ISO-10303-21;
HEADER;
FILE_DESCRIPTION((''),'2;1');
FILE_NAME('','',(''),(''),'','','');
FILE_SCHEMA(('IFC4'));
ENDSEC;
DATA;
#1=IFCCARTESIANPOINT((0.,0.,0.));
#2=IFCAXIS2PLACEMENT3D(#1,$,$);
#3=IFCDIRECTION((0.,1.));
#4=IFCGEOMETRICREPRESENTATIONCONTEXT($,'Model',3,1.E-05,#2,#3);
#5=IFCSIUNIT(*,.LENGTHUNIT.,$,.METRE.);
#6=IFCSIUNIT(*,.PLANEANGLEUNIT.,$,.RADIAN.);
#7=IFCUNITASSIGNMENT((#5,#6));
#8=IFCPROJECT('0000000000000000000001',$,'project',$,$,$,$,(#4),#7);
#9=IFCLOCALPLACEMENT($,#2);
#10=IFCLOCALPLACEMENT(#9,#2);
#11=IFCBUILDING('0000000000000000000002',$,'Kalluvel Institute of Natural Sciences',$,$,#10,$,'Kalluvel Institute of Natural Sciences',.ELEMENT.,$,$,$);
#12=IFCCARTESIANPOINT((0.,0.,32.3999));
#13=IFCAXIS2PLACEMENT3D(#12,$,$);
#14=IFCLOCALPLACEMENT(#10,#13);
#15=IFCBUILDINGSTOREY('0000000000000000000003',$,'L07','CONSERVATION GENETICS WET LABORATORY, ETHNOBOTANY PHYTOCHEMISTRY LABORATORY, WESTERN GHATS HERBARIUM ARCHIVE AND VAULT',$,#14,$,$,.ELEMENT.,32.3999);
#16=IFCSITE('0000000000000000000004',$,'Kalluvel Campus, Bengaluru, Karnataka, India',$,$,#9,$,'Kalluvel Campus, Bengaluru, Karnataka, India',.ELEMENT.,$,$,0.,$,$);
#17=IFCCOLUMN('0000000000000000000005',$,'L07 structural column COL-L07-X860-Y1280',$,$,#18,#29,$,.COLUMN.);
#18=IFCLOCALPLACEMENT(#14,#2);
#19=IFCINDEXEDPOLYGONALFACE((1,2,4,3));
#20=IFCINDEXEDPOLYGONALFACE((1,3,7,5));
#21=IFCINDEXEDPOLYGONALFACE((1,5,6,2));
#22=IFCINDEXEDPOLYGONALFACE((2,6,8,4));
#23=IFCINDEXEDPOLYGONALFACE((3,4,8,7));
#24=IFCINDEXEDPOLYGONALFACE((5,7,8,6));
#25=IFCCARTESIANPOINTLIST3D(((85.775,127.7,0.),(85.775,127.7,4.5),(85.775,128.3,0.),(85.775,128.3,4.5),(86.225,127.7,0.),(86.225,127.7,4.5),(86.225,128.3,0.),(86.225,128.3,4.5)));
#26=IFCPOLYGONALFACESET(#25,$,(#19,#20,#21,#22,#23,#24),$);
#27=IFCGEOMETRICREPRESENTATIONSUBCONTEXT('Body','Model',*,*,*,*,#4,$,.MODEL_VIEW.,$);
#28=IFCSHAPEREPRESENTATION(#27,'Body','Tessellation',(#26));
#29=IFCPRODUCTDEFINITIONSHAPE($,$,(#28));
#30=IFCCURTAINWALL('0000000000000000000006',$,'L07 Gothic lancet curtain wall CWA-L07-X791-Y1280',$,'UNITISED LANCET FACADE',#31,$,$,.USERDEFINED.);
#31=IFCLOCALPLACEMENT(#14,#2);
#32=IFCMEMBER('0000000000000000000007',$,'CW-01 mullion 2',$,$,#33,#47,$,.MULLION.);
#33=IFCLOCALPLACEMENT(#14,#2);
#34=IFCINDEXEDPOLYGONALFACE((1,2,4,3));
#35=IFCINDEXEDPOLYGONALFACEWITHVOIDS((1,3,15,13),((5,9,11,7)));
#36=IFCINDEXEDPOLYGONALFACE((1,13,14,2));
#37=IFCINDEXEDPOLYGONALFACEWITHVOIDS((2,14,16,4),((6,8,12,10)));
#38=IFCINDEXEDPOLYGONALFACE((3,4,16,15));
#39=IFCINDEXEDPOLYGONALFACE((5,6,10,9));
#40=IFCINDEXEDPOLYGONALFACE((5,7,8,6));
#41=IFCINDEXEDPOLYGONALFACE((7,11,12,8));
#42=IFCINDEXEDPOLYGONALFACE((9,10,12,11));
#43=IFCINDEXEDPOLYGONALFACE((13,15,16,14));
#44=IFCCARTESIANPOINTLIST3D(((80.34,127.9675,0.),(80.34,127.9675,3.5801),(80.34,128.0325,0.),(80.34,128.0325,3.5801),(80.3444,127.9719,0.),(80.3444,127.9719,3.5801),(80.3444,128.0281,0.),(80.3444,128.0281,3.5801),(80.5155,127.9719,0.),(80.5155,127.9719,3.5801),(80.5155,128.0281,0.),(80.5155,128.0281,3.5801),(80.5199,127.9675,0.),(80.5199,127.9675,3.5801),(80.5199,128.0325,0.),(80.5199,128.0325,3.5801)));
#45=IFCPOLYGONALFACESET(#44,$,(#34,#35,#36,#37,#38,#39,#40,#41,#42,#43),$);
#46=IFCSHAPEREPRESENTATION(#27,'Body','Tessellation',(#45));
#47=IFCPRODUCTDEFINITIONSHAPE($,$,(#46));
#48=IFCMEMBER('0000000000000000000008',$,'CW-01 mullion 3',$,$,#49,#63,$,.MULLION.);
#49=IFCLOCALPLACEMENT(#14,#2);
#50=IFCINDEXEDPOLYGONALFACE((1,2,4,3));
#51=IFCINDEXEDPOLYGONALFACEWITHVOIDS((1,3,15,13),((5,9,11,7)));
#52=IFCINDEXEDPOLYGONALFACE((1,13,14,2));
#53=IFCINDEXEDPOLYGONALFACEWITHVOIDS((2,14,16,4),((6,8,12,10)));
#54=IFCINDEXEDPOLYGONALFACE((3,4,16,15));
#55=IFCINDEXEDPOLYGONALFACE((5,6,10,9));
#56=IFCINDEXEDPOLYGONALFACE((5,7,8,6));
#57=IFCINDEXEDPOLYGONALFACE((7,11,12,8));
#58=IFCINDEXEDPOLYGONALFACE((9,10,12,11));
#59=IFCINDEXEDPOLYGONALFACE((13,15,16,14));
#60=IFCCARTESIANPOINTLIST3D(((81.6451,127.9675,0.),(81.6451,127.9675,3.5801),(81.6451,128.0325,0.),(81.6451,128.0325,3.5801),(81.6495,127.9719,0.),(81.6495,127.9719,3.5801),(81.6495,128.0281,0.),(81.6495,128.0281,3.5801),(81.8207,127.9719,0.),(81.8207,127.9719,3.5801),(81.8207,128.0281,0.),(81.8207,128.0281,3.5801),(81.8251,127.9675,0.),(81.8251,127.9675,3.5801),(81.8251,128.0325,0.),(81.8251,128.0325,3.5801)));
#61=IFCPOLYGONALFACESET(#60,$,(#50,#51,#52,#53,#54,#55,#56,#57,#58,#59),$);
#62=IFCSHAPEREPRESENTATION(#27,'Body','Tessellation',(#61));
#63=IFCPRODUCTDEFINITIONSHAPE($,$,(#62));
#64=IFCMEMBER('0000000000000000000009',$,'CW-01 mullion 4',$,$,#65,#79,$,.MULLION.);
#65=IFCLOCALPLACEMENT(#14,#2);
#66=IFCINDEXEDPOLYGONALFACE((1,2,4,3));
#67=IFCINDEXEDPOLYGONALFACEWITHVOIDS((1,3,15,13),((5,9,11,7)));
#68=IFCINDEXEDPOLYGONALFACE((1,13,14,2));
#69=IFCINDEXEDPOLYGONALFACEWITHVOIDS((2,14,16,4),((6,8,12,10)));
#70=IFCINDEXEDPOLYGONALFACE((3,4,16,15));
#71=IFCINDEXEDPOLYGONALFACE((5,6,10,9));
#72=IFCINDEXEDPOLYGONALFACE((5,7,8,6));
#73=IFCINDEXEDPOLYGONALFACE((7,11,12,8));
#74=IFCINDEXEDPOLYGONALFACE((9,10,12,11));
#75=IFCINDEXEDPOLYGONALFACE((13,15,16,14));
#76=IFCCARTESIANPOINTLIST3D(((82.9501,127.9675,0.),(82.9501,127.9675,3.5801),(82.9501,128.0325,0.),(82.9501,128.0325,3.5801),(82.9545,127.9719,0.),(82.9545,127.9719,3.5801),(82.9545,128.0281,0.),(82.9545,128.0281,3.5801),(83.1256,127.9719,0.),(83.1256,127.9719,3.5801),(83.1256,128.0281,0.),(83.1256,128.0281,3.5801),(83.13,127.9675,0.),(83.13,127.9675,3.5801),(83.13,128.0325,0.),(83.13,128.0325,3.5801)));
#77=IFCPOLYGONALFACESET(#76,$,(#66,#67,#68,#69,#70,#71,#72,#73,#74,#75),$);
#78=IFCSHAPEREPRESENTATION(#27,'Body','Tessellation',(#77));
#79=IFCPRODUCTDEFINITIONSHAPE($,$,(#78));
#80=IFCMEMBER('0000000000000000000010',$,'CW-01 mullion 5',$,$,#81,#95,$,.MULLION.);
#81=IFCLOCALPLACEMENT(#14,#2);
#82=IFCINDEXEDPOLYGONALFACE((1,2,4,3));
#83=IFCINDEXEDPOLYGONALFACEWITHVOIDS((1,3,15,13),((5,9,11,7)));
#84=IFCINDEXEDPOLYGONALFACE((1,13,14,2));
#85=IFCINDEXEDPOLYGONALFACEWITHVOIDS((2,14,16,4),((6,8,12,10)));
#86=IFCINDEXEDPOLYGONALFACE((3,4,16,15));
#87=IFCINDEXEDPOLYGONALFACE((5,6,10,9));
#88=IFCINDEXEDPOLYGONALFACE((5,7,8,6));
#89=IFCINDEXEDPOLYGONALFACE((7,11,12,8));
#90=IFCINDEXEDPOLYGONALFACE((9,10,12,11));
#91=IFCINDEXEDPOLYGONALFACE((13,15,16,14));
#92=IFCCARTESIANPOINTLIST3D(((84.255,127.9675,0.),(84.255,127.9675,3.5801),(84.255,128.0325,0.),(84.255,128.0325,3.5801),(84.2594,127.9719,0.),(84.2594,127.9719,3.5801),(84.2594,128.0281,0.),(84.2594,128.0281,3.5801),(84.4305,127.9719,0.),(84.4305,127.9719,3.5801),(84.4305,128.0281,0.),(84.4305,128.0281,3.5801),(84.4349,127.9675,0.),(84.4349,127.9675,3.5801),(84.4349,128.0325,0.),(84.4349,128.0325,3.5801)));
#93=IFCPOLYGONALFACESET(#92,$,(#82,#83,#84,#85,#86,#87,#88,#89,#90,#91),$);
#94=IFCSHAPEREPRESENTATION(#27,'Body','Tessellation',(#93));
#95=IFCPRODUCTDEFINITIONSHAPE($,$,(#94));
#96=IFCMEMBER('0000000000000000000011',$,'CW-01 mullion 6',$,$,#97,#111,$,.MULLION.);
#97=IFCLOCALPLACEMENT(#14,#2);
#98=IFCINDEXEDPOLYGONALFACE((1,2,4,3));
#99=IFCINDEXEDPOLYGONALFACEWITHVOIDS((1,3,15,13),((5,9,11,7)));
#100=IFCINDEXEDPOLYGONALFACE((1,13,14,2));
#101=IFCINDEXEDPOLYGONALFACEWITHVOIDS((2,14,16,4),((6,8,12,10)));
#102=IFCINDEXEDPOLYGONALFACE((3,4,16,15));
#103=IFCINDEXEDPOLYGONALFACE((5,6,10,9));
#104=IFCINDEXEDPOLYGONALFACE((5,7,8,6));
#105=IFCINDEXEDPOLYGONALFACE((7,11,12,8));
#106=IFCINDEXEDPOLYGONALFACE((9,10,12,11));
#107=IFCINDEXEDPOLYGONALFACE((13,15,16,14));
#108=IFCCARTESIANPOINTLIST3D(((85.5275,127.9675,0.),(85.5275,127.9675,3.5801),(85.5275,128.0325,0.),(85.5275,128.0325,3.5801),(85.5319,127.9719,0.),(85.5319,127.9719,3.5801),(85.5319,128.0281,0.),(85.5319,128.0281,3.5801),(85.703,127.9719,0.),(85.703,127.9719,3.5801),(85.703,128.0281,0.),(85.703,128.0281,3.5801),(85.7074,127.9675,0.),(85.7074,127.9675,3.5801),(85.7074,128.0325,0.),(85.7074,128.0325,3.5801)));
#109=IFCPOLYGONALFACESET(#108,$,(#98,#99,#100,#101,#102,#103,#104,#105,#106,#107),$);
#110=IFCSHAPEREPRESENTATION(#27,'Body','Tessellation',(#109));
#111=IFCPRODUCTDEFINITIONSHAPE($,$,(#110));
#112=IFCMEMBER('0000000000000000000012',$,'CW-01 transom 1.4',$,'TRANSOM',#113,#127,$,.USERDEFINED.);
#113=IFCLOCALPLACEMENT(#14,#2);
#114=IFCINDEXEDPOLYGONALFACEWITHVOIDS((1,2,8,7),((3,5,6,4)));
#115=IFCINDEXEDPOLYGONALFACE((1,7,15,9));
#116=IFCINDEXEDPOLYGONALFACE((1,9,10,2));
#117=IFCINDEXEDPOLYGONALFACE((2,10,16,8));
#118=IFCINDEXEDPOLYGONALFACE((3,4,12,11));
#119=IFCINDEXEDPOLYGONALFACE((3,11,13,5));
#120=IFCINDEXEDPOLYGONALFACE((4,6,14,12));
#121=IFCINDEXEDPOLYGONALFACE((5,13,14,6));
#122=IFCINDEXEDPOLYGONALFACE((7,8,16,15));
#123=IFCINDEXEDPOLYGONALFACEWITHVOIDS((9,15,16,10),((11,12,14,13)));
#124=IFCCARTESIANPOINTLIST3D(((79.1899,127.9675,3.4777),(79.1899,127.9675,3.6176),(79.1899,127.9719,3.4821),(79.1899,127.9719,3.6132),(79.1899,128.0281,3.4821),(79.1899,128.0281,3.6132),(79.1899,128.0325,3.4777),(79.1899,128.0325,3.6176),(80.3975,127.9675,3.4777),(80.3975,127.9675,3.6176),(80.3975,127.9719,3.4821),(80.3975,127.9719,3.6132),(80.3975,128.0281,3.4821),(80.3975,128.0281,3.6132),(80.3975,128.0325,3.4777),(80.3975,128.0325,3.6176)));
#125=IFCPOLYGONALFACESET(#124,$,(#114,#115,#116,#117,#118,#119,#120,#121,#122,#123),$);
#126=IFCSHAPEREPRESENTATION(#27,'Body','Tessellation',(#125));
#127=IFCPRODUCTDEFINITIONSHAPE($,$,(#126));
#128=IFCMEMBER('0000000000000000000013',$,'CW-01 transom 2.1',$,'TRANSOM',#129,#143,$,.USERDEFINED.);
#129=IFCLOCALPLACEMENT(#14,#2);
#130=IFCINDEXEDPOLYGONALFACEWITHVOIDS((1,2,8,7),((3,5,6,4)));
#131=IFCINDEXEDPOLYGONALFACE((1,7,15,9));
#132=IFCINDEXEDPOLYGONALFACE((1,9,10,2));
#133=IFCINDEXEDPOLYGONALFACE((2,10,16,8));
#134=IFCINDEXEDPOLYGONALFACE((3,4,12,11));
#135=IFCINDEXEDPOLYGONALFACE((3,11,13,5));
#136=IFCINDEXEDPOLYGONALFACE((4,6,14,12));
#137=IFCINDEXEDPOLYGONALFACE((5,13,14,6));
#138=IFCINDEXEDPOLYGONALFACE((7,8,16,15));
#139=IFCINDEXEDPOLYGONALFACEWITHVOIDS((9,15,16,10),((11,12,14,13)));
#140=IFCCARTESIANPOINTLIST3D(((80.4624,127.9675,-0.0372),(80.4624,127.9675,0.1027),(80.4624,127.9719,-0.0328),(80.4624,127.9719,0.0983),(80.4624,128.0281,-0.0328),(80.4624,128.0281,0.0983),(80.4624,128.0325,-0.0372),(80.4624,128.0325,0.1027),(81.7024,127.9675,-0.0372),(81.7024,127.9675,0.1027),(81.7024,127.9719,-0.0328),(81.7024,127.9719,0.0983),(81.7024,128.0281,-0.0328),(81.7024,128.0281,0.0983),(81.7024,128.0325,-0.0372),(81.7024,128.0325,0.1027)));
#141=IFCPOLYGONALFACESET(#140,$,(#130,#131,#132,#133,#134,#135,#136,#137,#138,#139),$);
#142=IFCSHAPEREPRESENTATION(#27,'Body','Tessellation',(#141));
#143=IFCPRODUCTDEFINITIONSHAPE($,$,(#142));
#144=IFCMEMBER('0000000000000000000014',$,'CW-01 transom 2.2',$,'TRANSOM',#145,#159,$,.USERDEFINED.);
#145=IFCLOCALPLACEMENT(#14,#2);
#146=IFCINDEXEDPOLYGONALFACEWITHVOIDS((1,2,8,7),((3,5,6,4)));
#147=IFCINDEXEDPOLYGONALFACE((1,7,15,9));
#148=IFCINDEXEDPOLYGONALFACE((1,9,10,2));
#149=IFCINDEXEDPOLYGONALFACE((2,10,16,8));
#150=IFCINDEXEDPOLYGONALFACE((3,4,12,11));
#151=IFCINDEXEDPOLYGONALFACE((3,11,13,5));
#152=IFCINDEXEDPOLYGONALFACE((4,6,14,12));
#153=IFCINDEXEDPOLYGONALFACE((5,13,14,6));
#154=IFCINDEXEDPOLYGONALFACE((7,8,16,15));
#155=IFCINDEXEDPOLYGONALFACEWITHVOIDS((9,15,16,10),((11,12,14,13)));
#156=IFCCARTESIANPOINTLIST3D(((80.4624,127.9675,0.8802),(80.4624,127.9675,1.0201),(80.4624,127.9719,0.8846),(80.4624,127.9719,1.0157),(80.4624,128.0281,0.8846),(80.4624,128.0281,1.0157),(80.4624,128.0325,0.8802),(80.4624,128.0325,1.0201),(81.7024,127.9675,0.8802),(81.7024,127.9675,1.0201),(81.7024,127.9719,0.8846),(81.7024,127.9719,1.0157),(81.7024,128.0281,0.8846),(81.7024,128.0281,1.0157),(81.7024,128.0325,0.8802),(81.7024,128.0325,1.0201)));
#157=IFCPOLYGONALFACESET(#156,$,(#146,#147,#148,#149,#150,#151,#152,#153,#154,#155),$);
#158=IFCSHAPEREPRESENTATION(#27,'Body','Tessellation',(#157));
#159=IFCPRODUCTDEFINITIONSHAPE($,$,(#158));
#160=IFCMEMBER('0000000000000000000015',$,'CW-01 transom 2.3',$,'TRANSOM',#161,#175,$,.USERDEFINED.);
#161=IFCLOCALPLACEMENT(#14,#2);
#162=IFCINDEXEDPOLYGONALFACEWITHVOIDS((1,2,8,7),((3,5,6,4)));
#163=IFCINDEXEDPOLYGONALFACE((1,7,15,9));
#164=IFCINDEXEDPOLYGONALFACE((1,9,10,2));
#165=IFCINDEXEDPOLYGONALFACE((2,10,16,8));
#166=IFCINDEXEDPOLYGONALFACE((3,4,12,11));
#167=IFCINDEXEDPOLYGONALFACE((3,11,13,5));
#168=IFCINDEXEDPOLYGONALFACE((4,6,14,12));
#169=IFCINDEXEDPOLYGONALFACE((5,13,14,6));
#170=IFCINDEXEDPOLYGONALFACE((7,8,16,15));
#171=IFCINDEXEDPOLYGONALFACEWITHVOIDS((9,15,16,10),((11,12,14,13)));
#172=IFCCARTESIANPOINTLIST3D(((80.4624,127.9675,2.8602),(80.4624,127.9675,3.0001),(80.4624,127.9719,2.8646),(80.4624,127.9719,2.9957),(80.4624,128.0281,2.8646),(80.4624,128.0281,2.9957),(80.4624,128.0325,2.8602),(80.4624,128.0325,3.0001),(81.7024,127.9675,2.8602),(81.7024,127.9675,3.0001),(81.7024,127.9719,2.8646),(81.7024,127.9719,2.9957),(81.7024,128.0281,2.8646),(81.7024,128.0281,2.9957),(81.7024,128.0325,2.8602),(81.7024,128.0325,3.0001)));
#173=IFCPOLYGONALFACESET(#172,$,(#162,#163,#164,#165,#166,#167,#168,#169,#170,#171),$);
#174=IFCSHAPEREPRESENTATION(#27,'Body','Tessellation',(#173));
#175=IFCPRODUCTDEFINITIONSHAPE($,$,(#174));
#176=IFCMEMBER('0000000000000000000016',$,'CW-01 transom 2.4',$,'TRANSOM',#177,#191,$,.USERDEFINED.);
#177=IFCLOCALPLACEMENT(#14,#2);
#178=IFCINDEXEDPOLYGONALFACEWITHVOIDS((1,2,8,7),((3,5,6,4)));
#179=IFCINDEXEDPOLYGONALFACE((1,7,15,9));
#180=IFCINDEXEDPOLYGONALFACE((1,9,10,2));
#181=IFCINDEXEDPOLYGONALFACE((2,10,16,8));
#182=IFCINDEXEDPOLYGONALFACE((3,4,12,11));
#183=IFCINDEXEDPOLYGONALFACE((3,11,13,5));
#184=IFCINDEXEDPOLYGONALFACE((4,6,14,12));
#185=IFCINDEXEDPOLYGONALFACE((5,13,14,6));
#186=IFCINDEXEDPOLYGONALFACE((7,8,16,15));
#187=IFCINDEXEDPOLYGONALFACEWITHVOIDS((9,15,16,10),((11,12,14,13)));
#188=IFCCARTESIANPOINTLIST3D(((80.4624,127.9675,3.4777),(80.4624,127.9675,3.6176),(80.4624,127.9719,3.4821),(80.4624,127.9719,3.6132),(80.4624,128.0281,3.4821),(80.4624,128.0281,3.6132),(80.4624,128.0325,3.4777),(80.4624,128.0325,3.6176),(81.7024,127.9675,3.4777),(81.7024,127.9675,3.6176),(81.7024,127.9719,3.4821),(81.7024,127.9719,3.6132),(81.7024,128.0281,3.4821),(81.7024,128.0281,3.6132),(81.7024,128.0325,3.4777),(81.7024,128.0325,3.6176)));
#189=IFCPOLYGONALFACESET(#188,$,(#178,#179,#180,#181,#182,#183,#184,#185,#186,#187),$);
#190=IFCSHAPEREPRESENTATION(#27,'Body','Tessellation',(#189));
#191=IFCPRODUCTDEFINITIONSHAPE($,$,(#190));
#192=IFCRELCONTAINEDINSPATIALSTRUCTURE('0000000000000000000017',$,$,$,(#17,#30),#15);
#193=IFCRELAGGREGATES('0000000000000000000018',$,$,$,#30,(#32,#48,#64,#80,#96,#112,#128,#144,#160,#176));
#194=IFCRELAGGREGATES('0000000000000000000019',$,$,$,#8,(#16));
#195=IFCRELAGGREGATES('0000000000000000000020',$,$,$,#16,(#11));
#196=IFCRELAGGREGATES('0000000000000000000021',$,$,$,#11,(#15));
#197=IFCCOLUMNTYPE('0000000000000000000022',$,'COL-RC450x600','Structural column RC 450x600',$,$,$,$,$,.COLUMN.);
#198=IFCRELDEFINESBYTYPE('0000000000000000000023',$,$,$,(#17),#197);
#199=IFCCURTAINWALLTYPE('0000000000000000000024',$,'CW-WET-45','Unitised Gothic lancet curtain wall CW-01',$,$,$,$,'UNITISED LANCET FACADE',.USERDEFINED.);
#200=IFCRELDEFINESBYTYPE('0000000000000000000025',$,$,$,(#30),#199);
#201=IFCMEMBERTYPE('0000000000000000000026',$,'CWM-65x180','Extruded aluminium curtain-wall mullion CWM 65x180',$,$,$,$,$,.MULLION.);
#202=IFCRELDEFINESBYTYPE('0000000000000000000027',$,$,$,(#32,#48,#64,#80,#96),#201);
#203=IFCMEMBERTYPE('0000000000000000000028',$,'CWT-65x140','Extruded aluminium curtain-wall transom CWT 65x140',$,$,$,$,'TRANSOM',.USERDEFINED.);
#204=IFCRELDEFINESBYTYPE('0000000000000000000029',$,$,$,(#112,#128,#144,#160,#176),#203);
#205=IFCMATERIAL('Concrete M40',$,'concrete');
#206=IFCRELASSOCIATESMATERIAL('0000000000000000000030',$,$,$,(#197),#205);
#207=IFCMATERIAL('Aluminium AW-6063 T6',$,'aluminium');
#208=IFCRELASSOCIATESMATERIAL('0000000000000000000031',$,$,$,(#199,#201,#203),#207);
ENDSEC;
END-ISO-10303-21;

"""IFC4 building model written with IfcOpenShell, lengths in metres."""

from ifc_helpers import new_model, si_unit, direction, frame, origin, origin_2d, place, context, subcontext, project, spatial, rectangle, hollow_rectangle, extrude, material, material_profile, profile_set, type_object, element, aggregate, save


model = new_model("IFC4")

# Units and contexts
model_context = context("Model", 3, precision=1e-05, world=origin(), true_north=direction((0.0, 1.0)))
body_context = subcontext(model_context, "Body", "Model", "MODEL_VIEW")
ifc_project = project(units=[si_unit("LENGTHUNIT", "METRE"), si_unit("PLANEANGLEUNIT", "RADIAN")], contexts=[model_context])

# Site, building, storey
site_placement = place(None, origin())
site = spatial("IfcSite", under=ifc_project, at=site_placement, Name="Kalluvel Campus, Bengaluru, Karnataka, India", LongName="Kalluvel Campus, Bengaluru, Karnataka, India", CompositionType="ELEMENT", RefElevation=0.0)
building_placement = place(site_placement, origin())
building = spatial("IfcBuilding", under=site, at=building_placement, Name="Kalluvel Institute of Natural Sciences", LongName="Kalluvel Institute of Natural Sciences", CompositionType="ELEMENT")
storey_placement = place(building_placement, frame((0.0, 0.0, 32.3999)))
storey = spatial("IfcBuildingStorey", under=building, at=storey_placement, Name="L07", Description="CONSERVATION GENETICS WET LABORATORY, ETHNOBOTANY PHYTOCHEMISTRY LABORATORY, WESTERN GHATS HERBARIUM ARCHIVE AND VAULT", CompositionType="ELEMENT", Elevation=32.3999)

# Column
ifc_material_1 = material(Name="Concrete M40", Category="concrete")
ifc_material_profile_1 = material_profile(ifc_material_1, rectangle(XDim=0.45, YDim=0.6001, at=origin_2d()), Name="RC 450x600")
ifc_profile_set_1 = profile_set([ifc_material_profile_1], Name="Concrete M40")
column_type = type_object("IfcColumnType", Name="COL-RC450x600", Description="Structural column RC 450x600", PredefinedType="COLUMN", material=ifc_profile_set_1)
column_placement = place(storey_placement, frame((86.0, 128.0, 0.0), z_axis=(0.0, 0.0, 1.0), x_axis=(1.0, 0.0, 0.0)))
element("IfcColumn", 1, at=column_placement, inside=storey, type_object=column_type, Name="L07 structural column COL-L07-X860-Y1280", PredefinedType="COLUMN", context=body_context, shape_type="SweptSolid", body=[
    extrude(rectangle(XDim=0.45, YDim=0.6001, at=origin_2d()), origin(), (0.0, 0.0, 1.0), 4.5),
])

# Curtain wall, members
ifc_material_2 = material(Name="Aluminium AW-6063 T6", Category="aluminium")
curtain_wall_type = type_object("IfcCurtainWallType", Name="CW-WET-45", Description="Unitised Gothic lancet curtain wall CW-01", ElementType="UNITISED LANCET FACADE", PredefinedType="USERDEFINED", material=ifc_material_2)
curtain_wall_placement = place(storey_placement, origin())
curtain_wall = element("IfcCurtainWall", 2, at=curtain_wall_placement, inside=storey, type_object=curtain_wall_type, Name="L07 Gothic lancet curtain wall CWA-L07-X791-Y1280", ObjectType="UNITISED LANCET FACADE", PredefinedType="USERDEFINED")
ifc_material_profile_2 = material_profile(ifc_material_2, hollow_rectangle(XDim=0.0649, YDim=0.1799, WallThickness=0.0044, at=origin_2d()), Name="CWM 65x180")
ifc_profile_set_2 = profile_set([ifc_material_profile_2], Name="Aluminium AW-6063 T6")
member_type_1 = type_object("IfcMemberType", Name="CWM-65x180", Description="Extruded aluminium curtain-wall mullion CWM 65x180", PredefinedType="MULLION", material=ifc_profile_set_2)
member_1_placement = place(storey_placement, frame((80.4299, 128.0, 0.0), z_axis=(0.0, 0.0, 1.0), x_axis=(0.0, 1.0, 0.0)))
member_1 = element("IfcMember", 3, at=member_1_placement, type_object=member_type_1, Name="CW-01 mullion 2", PredefinedType="MULLION", context=body_context, shape_type="SweptSolid", body=[
    extrude(hollow_rectangle(XDim=0.0649, YDim=0.1799, WallThickness=0.0044, at=origin_2d()), origin(), (0.0, 0.0, 1.0), 3.5801),
])
member_2_placement = place(storey_placement, frame((81.7351, 128.0, 0.0), z_axis=(0.0, 0.0, 1.0), x_axis=(0.0, 1.0, 0.0)))
member_2 = element("IfcMember", 4, at=member_2_placement, type_object=member_type_1, Name="CW-01 mullion 3", PredefinedType="MULLION", context=body_context, shape_type="SweptSolid", body=[
    extrude(hollow_rectangle(XDim=0.0649, YDim=0.1799, WallThickness=0.0044, at=origin_2d()), origin(), (0.0, 0.0, 1.0), 3.5801),
])
member_3_placement = place(storey_placement, frame((83.04, 128.0, 0.0), z_axis=(0.0, 0.0, 1.0), x_axis=(0.0, 1.0, 0.0)))
member_3 = element("IfcMember", 5, at=member_3_placement, type_object=member_type_1, Name="CW-01 mullion 4", PredefinedType="MULLION", context=body_context, shape_type="SweptSolid", body=[
    extrude(hollow_rectangle(XDim=0.0649, YDim=0.1799, WallThickness=0.0044, at=origin_2d()), origin(), (0.0, 0.0, 1.0), 3.5801),
])
member_4_placement = place(storey_placement, frame((84.345, 128.0, 0.0), z_axis=(0.0, 0.0, 1.0), x_axis=(0.0, 1.0, 0.0)))
member_4 = element("IfcMember", 6, at=member_4_placement, type_object=member_type_1, Name="CW-01 mullion 5", PredefinedType="MULLION", context=body_context, shape_type="SweptSolid", body=[
    extrude(hollow_rectangle(XDim=0.0649, YDim=0.1799, WallThickness=0.0044, at=origin_2d()), origin(), (0.0, 0.0, 1.0), 3.5801),
])
member_5_placement = place(storey_placement, frame((85.6174, 128.0, 0.0), z_axis=(0.0, 0.0, 1.0), x_axis=(0.0, 1.0, 0.0)))
member_5 = element("IfcMember", 7, at=member_5_placement, type_object=member_type_1, Name="CW-01 mullion 6", PredefinedType="MULLION", context=body_context, shape_type="SweptSolid", body=[
    extrude(hollow_rectangle(XDim=0.0649, YDim=0.1799, WallThickness=0.0044, at=origin_2d()), origin(), (0.0, 0.0, 1.0), 3.5801),
])
ifc_material_profile_3 = material_profile(ifc_material_2, hollow_rectangle(XDim=0.0649, YDim=0.1399, WallThickness=0.0044, at=origin_2d()), Name="CWT 65x140")
ifc_profile_set_3 = profile_set([ifc_material_profile_3], Name="Aluminium AW-6063 T6")
member_type_2 = type_object("IfcMemberType", Name="CWT-65x140", Description="Extruded aluminium curtain-wall transom CWT 65x140", ElementType="TRANSOM", PredefinedType="USERDEFINED", material=ifc_profile_set_3)
member_6_placement = place(storey_placement, frame((79.1899, 128.0, 3.5476), z_axis=(1.0, 0.0, 0.0), x_axis=(0.0, 1.0, 0.0)))
member_6 = element("IfcMember", 8, at=member_6_placement, type_object=member_type_2, Name="CW-01 transom 1.4", ObjectType="TRANSOM", PredefinedType="USERDEFINED", context=body_context, shape_type="SweptSolid", body=[
    extrude(hollow_rectangle(XDim=0.0649, YDim=0.1399, WallThickness=0.0044, at=origin_2d()), origin(), (0.0, 0.0, 1.0), 1.2075),
])
member_7_placement = place(storey_placement, frame((80.4624, 128.0, 0.0327), z_axis=(1.0, 0.0, 0.0), x_axis=(0.0, 1.0, 0.0)))
member_7 = element("IfcMember", 9, at=member_7_placement, type_object=member_type_2, Name="CW-01 transom 2.1", ObjectType="TRANSOM", PredefinedType="USERDEFINED", context=body_context, shape_type="SweptSolid", body=[
    extrude(hollow_rectangle(XDim=0.0649, YDim=0.1399, WallThickness=0.0044, at=origin_2d()), origin(), (0.0, 0.0, 1.0), 1.24),
])
member_8_placement = place(storey_placement, frame((80.4624, 128.0, 0.9502), z_axis=(1.0, 0.0, 0.0), x_axis=(0.0, 1.0, 0.0)))
member_8 = element("IfcMember", 10, at=member_8_placement, type_object=member_type_2, Name="CW-01 transom 2.2", ObjectType="TRANSOM", PredefinedType="USERDEFINED", context=body_context, shape_type="SweptSolid", body=[
    extrude(hollow_rectangle(XDim=0.0649, YDim=0.1399, WallThickness=0.0044, at=origin_2d()), origin(), (0.0, 0.0, 1.0), 1.24),
])
member_9_placement = place(storey_placement, frame((80.4624, 128.0, 2.9302), z_axis=(1.0, 0.0, 0.0), x_axis=(0.0, 1.0, 0.0)))
member_9 = element("IfcMember", 11, at=member_9_placement, type_object=member_type_2, Name="CW-01 transom 2.3", ObjectType="TRANSOM", PredefinedType="USERDEFINED", context=body_context, shape_type="SweptSolid", body=[
    extrude(hollow_rectangle(XDim=0.0649, YDim=0.1399, WallThickness=0.0044, at=origin_2d()), origin(), (0.0, 0.0, 1.0), 1.24),
])
member_10_placement = place(storey_placement, frame((80.4624, 128.0, 3.5476), z_axis=(1.0, 0.0, 0.0), x_axis=(0.0, 1.0, 0.0)))
member_10 = element("IfcMember", 12, at=member_10_placement, type_object=member_type_2, Name="CW-01 transom 2.4", ObjectType="TRANSOM", PredefinedType="USERDEFINED", context=body_context, shape_type="SweptSolid", body=[
    extrude(hollow_rectangle(XDim=0.0649, YDim=0.1399, WallThickness=0.0044, at=origin_2d()), origin(), (0.0, 0.0, 1.0), 1.24),
])
aggregate(curtain_wall, [member_1, member_2, member_3, member_4, member_5, member_6, member_7, member_8, member_9, member_10])

save(model, "model.ifc")
